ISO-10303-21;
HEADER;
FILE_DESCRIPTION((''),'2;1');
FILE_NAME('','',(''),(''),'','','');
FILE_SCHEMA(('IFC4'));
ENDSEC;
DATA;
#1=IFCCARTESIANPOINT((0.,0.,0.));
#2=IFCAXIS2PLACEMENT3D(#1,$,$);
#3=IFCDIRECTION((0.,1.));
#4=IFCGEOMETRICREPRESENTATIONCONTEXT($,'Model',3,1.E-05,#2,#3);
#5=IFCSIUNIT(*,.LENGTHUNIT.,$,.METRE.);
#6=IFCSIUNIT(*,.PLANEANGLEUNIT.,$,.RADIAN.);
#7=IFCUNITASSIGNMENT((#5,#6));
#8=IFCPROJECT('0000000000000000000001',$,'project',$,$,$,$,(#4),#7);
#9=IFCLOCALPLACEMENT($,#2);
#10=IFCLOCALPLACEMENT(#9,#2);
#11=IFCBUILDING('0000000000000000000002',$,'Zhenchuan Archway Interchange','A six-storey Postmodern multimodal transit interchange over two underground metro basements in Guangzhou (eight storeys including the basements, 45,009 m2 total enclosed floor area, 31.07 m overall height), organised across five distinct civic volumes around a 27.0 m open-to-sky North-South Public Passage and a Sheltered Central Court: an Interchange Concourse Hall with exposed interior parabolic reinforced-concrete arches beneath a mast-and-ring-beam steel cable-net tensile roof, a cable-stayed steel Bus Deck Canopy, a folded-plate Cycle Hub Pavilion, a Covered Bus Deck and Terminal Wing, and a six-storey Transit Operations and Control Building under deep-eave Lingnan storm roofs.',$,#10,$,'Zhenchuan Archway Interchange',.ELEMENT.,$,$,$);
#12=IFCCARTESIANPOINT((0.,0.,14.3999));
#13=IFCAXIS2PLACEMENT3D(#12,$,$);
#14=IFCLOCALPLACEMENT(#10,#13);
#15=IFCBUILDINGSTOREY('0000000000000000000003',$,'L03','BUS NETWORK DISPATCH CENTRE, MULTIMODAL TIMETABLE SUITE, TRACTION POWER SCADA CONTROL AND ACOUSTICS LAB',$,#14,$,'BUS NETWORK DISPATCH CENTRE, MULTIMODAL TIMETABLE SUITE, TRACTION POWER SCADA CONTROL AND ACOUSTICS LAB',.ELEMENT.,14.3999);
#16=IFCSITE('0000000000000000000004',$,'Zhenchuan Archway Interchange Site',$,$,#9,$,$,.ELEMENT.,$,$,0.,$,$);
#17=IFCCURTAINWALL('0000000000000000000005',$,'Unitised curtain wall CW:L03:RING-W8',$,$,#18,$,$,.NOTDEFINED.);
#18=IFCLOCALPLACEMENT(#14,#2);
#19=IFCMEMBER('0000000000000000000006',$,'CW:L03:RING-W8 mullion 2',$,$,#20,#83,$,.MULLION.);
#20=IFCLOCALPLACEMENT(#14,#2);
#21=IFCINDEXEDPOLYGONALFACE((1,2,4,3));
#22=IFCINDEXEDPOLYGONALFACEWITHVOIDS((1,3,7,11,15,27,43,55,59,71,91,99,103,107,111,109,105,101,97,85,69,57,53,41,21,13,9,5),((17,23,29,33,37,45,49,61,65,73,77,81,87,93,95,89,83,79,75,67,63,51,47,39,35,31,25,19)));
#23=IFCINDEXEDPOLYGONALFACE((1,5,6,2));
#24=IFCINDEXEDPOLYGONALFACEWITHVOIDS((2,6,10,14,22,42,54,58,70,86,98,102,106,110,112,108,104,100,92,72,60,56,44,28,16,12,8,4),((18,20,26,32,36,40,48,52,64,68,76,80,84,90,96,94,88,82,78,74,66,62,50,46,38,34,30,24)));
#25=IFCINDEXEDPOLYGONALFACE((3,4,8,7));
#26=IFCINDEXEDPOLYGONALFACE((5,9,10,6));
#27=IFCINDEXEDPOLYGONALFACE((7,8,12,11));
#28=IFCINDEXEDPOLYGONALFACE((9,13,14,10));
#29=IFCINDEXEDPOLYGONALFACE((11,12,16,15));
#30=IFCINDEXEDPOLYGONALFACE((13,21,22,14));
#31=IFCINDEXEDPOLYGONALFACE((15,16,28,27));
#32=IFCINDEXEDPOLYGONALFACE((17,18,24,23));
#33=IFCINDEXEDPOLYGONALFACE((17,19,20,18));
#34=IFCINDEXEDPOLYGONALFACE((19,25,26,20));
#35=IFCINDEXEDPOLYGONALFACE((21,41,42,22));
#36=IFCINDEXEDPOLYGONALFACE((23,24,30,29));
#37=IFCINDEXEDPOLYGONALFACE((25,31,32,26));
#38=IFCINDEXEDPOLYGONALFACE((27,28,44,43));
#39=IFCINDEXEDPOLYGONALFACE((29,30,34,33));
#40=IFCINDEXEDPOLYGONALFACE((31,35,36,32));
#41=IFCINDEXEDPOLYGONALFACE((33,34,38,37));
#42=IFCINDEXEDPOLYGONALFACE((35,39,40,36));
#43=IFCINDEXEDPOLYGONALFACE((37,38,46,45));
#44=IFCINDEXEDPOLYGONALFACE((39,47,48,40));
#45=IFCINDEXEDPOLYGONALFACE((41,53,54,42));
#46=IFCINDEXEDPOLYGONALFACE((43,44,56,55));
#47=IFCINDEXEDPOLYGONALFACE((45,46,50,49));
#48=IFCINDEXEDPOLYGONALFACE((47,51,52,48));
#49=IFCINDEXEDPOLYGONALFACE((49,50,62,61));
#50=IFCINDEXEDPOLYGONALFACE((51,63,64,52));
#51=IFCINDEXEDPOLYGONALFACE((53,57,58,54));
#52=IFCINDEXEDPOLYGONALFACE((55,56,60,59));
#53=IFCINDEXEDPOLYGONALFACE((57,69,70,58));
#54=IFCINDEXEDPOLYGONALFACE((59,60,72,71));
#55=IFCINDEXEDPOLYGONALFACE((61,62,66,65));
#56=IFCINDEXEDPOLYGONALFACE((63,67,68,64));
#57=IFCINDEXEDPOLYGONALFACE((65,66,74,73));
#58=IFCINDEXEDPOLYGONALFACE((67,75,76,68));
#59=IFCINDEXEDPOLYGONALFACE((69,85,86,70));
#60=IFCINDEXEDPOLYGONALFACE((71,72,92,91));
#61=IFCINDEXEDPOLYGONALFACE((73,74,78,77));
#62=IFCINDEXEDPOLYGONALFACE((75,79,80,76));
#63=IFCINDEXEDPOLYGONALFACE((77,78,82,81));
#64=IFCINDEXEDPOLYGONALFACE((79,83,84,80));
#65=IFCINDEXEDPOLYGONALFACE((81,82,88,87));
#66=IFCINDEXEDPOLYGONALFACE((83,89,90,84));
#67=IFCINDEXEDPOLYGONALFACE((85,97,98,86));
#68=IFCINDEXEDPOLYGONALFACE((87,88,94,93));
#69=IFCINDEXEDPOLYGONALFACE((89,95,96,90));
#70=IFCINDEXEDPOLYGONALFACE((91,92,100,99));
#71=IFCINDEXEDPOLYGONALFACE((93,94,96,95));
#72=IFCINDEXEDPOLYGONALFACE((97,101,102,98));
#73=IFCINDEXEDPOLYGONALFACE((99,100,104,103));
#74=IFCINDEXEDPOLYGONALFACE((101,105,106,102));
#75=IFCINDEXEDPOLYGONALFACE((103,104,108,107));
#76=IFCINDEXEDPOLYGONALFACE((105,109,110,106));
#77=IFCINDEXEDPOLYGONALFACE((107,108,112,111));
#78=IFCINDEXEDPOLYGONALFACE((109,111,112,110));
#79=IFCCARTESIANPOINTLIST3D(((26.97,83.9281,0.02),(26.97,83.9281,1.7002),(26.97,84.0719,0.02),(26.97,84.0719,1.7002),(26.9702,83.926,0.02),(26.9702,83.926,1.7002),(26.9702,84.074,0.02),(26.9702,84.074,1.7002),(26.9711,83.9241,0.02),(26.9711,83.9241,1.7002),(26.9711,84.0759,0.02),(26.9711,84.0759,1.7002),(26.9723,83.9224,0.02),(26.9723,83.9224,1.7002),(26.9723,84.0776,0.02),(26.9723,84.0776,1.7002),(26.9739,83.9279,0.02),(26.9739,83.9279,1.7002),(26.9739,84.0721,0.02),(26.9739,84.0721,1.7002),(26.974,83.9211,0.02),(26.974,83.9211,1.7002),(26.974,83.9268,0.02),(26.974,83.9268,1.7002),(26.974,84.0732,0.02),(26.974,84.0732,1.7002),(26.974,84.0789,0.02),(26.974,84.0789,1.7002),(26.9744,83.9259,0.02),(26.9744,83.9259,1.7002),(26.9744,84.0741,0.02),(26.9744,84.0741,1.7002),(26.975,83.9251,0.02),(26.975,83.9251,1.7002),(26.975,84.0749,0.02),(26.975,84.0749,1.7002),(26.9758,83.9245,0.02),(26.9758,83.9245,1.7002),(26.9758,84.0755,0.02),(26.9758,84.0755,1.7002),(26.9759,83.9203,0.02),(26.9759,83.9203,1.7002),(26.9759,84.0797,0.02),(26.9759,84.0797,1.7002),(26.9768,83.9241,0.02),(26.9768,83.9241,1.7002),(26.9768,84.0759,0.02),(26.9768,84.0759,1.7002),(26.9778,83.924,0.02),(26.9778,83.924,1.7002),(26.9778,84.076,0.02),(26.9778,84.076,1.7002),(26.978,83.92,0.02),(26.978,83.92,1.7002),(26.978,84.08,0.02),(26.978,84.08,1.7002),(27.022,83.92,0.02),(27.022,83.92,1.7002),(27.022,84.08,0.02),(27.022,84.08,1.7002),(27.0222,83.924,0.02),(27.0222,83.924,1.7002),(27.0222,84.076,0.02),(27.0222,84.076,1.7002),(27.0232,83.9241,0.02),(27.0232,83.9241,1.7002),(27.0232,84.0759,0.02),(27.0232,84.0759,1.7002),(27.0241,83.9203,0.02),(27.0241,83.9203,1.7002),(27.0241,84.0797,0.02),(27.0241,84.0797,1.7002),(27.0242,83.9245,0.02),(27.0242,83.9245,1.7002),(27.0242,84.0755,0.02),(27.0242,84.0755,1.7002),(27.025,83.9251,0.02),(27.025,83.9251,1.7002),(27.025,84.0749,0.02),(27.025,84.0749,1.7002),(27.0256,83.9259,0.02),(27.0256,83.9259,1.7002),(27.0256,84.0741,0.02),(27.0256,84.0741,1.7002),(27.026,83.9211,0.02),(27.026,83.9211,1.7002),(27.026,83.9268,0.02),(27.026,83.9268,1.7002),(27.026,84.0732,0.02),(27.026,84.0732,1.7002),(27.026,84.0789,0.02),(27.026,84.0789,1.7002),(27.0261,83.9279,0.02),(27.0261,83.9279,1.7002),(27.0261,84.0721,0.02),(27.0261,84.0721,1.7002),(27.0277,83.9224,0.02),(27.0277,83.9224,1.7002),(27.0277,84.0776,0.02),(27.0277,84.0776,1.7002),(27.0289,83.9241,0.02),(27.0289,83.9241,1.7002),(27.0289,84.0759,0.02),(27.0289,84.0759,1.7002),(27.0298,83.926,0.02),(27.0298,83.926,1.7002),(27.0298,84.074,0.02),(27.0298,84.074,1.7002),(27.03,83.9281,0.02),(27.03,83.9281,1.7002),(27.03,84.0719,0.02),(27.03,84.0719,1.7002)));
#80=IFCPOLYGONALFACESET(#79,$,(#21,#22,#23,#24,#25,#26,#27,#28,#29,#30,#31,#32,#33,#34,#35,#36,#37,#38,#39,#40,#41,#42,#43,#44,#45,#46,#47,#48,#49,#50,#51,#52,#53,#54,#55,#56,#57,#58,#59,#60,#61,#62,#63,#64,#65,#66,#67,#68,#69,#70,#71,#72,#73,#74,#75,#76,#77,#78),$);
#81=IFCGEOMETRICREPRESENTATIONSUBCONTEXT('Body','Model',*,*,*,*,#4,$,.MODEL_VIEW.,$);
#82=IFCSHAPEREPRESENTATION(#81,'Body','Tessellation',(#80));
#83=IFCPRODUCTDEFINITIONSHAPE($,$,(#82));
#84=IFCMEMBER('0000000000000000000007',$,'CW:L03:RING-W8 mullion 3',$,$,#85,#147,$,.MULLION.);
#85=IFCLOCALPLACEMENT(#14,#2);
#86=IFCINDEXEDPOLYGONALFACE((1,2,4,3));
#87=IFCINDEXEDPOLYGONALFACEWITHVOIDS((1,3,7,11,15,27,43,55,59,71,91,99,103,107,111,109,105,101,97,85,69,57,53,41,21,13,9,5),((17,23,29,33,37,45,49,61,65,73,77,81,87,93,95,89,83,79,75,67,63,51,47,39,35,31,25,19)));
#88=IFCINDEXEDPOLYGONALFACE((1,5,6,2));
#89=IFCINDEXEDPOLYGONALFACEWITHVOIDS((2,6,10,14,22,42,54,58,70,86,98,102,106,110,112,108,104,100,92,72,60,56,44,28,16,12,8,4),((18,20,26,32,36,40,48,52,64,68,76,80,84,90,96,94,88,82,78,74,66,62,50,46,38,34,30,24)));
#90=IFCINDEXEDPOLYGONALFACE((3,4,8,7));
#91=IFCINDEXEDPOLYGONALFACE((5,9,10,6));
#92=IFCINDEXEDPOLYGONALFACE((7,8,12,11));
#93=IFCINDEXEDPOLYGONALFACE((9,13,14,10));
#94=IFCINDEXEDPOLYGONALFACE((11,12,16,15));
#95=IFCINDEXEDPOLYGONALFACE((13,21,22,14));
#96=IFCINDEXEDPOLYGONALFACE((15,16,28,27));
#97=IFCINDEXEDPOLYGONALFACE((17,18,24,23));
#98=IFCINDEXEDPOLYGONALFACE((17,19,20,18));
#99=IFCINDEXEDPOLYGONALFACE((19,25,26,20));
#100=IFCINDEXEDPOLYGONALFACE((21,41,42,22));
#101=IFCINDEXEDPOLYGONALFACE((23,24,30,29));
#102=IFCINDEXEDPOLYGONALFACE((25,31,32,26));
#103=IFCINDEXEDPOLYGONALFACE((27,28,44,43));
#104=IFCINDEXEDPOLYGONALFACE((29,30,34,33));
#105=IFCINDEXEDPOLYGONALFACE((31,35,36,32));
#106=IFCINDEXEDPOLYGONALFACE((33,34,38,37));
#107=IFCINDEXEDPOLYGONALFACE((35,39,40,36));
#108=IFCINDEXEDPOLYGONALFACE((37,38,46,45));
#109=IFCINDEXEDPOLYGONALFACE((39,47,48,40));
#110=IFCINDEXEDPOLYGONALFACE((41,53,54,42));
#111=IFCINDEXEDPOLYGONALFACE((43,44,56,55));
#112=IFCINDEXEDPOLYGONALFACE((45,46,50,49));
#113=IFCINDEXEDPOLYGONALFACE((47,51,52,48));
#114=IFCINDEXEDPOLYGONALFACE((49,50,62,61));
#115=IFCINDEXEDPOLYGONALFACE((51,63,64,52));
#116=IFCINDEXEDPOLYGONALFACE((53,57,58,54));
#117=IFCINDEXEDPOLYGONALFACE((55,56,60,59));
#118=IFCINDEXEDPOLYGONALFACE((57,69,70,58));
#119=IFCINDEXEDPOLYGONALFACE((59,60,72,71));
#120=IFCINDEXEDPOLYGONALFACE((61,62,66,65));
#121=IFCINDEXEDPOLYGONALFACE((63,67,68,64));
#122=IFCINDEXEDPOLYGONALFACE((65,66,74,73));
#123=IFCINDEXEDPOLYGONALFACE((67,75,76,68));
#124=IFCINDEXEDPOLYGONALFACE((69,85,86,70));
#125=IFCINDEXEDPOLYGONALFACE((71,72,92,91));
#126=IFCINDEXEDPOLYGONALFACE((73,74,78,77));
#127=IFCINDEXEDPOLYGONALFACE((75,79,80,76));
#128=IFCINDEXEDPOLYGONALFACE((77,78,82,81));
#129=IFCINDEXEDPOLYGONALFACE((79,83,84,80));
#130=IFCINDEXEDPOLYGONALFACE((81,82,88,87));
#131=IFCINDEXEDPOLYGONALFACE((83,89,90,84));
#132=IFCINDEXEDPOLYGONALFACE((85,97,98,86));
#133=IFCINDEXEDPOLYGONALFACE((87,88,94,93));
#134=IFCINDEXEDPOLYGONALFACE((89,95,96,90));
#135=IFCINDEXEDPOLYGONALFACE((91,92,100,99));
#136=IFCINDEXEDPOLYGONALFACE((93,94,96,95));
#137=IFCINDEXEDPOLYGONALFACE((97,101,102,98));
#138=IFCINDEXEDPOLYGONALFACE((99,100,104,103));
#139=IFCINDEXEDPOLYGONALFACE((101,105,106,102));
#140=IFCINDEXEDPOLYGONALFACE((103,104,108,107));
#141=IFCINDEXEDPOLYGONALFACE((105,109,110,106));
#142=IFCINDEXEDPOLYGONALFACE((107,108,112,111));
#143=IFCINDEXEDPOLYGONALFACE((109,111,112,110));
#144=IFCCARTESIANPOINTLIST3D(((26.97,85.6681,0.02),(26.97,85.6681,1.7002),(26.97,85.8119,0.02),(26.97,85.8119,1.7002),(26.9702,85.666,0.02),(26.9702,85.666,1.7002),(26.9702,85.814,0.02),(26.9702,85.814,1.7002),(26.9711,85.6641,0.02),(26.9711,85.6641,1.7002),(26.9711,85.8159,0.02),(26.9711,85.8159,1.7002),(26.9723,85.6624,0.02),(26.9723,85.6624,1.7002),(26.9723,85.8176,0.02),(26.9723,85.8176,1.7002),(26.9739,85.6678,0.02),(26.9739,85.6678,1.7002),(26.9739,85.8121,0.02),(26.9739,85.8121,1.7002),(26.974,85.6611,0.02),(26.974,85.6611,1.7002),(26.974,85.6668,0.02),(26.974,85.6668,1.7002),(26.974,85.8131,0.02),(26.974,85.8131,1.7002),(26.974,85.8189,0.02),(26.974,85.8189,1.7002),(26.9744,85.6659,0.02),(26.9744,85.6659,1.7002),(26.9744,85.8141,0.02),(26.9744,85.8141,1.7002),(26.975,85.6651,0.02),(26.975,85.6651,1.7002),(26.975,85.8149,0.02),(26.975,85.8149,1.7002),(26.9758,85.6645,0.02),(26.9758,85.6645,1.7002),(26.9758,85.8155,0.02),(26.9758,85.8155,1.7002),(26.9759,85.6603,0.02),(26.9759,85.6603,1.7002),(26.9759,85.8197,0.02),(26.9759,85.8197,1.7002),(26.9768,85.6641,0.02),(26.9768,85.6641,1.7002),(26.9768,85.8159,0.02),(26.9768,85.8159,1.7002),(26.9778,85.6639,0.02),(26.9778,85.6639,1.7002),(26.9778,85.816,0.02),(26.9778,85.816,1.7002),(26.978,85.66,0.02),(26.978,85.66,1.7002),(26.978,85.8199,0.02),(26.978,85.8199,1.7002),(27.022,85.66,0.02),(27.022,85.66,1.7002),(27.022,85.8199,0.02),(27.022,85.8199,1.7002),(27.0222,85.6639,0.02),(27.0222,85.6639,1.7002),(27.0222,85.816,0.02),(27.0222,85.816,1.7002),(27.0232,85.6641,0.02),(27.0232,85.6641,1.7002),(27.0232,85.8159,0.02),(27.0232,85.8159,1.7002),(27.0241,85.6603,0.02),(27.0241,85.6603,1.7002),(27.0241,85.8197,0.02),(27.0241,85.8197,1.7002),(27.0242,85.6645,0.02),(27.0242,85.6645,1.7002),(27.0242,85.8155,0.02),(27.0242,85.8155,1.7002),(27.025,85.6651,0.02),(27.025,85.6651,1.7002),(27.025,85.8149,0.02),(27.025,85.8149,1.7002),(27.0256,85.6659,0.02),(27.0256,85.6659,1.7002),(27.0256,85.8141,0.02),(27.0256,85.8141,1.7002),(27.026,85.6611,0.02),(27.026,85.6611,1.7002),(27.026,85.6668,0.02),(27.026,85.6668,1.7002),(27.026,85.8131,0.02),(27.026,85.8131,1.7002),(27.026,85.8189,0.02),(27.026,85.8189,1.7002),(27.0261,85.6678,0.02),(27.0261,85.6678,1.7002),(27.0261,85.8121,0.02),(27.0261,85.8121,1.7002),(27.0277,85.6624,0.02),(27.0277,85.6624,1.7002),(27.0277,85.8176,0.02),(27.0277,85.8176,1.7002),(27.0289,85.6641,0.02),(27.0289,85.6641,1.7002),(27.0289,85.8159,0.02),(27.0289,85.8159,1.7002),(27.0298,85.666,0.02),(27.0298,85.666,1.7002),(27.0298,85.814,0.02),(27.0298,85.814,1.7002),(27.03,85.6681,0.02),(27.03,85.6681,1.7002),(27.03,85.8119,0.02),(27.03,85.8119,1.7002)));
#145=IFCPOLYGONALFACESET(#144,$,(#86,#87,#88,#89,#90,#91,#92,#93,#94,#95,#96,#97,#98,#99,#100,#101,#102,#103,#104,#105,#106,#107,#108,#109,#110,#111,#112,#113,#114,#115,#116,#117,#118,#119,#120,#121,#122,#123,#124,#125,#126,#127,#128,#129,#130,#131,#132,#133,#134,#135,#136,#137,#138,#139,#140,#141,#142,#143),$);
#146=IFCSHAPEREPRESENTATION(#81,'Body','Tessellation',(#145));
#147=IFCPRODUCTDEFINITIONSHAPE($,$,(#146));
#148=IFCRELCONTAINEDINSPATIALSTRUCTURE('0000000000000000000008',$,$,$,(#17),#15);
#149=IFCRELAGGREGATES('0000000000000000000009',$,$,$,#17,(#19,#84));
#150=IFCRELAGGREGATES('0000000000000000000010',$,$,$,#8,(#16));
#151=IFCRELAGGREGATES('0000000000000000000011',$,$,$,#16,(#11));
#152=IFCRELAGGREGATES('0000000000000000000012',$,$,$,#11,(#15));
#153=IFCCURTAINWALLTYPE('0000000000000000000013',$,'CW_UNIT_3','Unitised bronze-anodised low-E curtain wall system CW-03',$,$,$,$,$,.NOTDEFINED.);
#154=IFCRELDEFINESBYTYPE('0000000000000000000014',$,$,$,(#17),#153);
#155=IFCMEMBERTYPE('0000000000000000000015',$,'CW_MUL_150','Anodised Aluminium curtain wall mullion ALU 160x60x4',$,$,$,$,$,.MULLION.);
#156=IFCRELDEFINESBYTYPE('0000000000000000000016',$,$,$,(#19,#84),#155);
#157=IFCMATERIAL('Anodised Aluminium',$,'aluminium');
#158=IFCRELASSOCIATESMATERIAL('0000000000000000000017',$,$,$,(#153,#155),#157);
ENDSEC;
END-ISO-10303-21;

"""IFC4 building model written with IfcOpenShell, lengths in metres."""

from ifc_helpers import new_model, si_unit, direction, frame, origin, origin_2d, place, context, subcontext, project, spatial, hollow_rectangle, extrude, material, material_profile, profile_set, type_object, element, aggregate, save


model = new_model("IFC4")

# Units and contexts
model_context = context("Model", 3, precision=1e-05, world=origin(), true_north=direction((0.0, 1.0)))
body_context = subcontext(model_context, "Body", "Model", "MODEL_VIEW")
ifc_project = project(units=[si_unit("LENGTHUNIT", "METRE"), si_unit("PLANEANGLEUNIT", "RADIAN")], contexts=[model_context])

# Site, building, storey
site_placement = place(None, origin())
site = spatial("IfcSite", under=ifc_project, at=site_placement, Name="Zhenchuan Archway Interchange Site", CompositionType="ELEMENT", RefElevation=0.0)
building_placement = place(site_placement, origin())
building = spatial("IfcBuilding", under=site, at=building_placement, Name="Zhenchuan Archway Interchange", Description="A six-storey Postmodern multimodal transit interchange over two underground metro basements in Guangzhou (eight storeys including the basements, 45,009 m2 total enclosed floor area, 31.07 m overall height), organised across five distinct civic volumes around a 27.0 m open-to-sky North-South Public Passage and a Sheltered Central Court: an Interchange Concourse Hall with exposed interior parabolic reinforced-concrete arches beneath a mast-and-ring-beam steel cable-net tensile roof, a cable-stayed steel Bus Deck Canopy, a folded-plate Cycle Hub Pavilion, a Covered Bus Deck and Terminal Wing, and a six-storey Transit Operations and Control Building under deep-eave Lingnan storm roofs.", LongName="Zhenchuan Archway Interchange", CompositionType="ELEMENT")
storey_placement = place(building_placement, frame((0.0, 0.0, 14.3999)))
storey = spatial("IfcBuildingStorey", under=building, at=storey_placement, Name="L03", Description="BUS NETWORK DISPATCH CENTRE, MULTIMODAL TIMETABLE SUITE, TRACTION POWER SCADA CONTROL AND ACOUSTICS LAB", LongName="BUS NETWORK DISPATCH CENTRE, MULTIMODAL TIMETABLE SUITE, TRACTION POWER SCADA CONTROL AND ACOUSTICS LAB", CompositionType="ELEMENT", Elevation=14.3999)

# Curtain wall, members
ifc_material_1 = material(Name="Anodised Aluminium", Category="aluminium")
curtain_wall_type = type_object("IfcCurtainWallType", Name="CW_UNIT_3", Description="Unitised bronze-anodised low-E curtain wall system CW-03", PredefinedType="NOTDEFINED", material=ifc_material_1)
curtain_wall_placement = place(storey_placement, origin())
curtain_wall = element("IfcCurtainWall", 1, at=curtain_wall_placement, inside=storey, type_object=curtain_wall_type, Name="Unitised curtain wall CW:L03:RING-W8", PredefinedType="NOTDEFINED")
ifc_material_profile_1 = material_profile(ifc_material_1, hollow_rectangle(XDim=0.0601, YDim=0.1599, WallThickness=0.0039, InnerFilletRadius=0.0039, OuterFilletRadius=0.0081, at=origin_2d()), Name="ALU 160x60x4")
ifc_profile_set_1 = profile_set([ifc_material_profile_1], Name="Anodised Aluminium")
member_type_1 = type_object("IfcMemberType", Name="CW_MUL_150", Description="Anodised Aluminium curtain wall mullion ALU 160x60x4", PredefinedType="MULLION", material=ifc_profile_set_1)
member_1_placement = place(storey_placement, frame((27.0, 84.0, 0.02), z_axis=(0.0, 0.0, 1.0), x_axis=(1.0, 0.0, 0.0)))
member_1 = element("IfcMember", 2, at=member_1_placement, type_object=member_type_1, Name="CW:L03:RING-W8 mullion 2", PredefinedType="MULLION", context=body_context, shape_type="SweptSolid", body=[
    extrude(hollow_rectangle(XDim=0.0601, YDim=0.1599, WallThickness=0.0039, InnerFilletRadius=0.0039, OuterFilletRadius=0.0081, at=origin_2d()), origin(), (0.0, 0.0, 1.0), 1.6802),
])
member_2_placement = place(storey_placement, frame((27.0, 85.74, 0.02), z_axis=(0.0, 0.0, 1.0), x_axis=(1.0, 0.0, 0.0)))
member_2 = element("IfcMember", 3, at=member_2_placement, type_object=member_type_1, Name="CW:L03:RING-W8 mullion 3", PredefinedType="MULLION", context=body_context, shape_type="SweptSolid", body=[
    extrude(hollow_rectangle(XDim=0.0601, YDim=0.1599, WallThickness=0.0039, InnerFilletRadius=0.0039, OuterFilletRadius=0.0081, at=origin_2d()), origin(), (0.0, 0.0, 1.0), 1.6802),
])

aggregate(curtain_wall, [member_1, member_2])

save(model, "model.ifc")
